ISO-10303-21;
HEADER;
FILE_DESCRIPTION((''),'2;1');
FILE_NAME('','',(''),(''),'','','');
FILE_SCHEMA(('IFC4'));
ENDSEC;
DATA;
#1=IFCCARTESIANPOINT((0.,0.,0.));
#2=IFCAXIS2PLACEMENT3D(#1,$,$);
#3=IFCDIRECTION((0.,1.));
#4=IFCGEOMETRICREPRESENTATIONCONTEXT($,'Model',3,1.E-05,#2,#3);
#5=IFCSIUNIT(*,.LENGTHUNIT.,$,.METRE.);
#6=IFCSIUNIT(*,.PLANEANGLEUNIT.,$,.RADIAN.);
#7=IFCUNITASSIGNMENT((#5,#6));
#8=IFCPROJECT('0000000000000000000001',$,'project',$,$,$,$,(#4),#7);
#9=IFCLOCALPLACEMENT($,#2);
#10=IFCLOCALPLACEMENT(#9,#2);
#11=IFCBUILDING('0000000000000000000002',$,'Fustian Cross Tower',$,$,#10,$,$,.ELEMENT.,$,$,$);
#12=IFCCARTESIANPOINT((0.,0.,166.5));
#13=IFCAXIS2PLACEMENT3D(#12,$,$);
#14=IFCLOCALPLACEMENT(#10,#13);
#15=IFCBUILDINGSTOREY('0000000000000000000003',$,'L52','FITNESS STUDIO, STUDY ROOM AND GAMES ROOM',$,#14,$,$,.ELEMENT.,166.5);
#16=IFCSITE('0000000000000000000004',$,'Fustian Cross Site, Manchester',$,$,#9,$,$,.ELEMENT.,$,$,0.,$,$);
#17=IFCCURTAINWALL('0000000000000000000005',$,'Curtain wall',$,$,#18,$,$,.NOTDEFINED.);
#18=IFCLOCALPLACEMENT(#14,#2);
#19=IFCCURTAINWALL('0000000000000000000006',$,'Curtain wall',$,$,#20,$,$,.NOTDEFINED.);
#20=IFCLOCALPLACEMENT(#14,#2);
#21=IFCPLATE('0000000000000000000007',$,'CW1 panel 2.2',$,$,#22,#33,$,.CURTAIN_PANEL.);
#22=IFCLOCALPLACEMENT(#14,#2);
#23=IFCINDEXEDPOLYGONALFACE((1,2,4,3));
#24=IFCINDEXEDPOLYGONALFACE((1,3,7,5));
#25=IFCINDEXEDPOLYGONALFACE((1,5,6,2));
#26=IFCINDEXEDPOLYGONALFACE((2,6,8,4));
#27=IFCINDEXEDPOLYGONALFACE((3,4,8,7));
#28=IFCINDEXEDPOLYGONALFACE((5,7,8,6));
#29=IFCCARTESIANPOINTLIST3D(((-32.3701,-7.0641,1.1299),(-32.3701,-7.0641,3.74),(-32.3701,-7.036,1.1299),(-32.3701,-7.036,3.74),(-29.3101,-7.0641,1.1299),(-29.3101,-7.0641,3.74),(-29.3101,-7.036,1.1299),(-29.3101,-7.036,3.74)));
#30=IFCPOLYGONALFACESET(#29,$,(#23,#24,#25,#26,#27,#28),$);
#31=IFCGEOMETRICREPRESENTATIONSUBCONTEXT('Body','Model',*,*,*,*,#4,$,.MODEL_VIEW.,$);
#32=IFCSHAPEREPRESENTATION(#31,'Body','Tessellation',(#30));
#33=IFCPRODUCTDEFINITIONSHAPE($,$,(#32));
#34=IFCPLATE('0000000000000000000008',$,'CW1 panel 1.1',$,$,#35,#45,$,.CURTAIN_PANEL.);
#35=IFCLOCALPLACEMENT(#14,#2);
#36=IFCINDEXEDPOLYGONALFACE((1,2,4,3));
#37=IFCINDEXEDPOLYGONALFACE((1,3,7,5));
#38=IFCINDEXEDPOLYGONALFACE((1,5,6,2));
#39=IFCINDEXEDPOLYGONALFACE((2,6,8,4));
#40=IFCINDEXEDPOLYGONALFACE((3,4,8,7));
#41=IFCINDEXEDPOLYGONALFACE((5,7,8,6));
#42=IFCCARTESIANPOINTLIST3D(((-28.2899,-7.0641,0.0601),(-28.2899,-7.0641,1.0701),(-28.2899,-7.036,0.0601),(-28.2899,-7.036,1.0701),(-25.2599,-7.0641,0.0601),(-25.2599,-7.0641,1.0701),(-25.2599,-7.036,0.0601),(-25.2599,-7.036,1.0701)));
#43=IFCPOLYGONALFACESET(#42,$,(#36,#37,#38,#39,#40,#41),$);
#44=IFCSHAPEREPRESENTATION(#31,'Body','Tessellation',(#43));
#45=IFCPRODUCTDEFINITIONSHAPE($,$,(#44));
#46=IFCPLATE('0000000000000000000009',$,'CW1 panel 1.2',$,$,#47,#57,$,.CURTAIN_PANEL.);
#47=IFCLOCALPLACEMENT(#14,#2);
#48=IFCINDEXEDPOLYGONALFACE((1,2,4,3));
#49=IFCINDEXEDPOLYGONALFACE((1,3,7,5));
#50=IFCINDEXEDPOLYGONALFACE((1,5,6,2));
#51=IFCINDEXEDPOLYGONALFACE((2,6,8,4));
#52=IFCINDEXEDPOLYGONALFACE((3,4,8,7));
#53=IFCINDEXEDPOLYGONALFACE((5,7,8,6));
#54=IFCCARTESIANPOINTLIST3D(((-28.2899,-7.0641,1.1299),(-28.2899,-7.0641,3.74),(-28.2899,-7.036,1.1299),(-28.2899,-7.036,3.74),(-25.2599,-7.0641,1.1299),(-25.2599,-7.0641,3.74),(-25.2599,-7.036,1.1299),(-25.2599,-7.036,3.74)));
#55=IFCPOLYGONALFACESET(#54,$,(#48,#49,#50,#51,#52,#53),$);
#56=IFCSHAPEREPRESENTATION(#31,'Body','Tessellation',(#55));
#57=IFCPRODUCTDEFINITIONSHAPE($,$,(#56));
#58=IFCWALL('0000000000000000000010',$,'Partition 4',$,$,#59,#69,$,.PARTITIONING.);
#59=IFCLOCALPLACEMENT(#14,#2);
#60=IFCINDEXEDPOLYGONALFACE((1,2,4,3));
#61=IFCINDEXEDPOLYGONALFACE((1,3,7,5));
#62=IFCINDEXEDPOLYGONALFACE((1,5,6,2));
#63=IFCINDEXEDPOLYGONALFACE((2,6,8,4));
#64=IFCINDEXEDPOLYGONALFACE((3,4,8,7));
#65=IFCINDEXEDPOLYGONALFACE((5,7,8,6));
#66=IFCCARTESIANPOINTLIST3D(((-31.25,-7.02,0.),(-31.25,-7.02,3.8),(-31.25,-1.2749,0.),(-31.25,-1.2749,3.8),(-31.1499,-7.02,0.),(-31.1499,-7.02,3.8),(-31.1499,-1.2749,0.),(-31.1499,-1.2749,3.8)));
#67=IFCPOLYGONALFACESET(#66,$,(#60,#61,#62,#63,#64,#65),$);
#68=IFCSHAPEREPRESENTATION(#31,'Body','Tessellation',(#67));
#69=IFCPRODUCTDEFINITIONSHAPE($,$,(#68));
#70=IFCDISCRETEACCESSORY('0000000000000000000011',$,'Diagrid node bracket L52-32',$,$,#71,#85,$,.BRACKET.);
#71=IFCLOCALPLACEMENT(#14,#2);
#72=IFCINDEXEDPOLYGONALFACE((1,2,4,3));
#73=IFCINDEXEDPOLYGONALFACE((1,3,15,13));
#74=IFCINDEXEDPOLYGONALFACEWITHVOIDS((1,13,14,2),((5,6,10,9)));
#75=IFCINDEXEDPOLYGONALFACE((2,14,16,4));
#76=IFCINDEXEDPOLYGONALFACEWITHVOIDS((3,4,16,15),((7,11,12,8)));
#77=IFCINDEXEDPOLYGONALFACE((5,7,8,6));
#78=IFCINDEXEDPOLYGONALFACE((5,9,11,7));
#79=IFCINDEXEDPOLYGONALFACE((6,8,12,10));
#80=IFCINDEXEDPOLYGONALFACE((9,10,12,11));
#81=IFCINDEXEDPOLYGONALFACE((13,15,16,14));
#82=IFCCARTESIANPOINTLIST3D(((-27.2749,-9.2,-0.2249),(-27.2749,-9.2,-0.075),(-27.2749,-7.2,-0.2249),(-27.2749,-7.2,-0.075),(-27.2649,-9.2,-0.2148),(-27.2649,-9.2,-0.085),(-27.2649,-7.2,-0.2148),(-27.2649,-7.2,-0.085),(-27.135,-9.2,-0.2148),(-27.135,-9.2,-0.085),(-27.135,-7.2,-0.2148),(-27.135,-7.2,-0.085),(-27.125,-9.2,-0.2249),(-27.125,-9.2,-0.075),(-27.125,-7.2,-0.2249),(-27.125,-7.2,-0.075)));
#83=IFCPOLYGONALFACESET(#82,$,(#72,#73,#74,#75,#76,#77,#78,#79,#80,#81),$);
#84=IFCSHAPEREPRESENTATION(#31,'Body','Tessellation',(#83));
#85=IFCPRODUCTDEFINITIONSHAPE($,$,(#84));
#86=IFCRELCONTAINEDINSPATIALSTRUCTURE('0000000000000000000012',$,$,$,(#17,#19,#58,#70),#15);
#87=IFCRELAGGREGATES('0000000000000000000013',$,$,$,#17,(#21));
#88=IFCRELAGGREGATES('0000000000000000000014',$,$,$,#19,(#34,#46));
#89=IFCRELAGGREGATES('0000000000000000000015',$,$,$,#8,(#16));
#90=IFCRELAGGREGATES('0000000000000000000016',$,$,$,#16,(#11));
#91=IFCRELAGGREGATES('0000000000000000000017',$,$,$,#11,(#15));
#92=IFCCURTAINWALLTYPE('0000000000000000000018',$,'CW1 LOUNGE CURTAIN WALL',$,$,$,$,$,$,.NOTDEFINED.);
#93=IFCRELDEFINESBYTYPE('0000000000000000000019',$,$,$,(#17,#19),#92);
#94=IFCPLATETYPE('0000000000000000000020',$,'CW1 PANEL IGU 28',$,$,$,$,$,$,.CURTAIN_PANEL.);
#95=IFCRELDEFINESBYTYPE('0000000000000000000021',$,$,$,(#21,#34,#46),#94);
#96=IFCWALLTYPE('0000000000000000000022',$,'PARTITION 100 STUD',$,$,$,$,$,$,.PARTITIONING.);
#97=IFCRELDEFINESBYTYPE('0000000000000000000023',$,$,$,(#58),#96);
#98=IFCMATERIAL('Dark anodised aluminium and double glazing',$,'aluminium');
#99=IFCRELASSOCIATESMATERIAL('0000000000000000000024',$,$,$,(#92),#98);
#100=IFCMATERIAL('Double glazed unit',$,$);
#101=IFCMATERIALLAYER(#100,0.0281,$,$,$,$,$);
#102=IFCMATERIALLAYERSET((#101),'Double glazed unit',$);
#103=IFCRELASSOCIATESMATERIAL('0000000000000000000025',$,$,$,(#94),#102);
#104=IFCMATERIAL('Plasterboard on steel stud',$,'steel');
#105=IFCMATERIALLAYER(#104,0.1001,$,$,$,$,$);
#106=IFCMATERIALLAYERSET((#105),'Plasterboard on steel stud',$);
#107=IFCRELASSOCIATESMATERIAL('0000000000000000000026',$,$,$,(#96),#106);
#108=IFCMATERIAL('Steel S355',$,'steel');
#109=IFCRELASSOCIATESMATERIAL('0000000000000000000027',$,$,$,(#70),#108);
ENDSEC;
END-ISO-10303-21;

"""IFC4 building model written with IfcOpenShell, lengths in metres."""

from ifc_helpers import new_model, si_unit, direction, frame, frame_2d, origin, origin_2d, place, context, subcontext, project, spatial, rectangle, hollow_rectangle, extrude, material, layer, layer_set, type_object, element, aggregate, save


model = new_model("IFC4")

# Units and contexts
model_context = context("Model", 3, precision=1e-05, world=origin(), true_north=direction((0.0, 1.0)))
body_context = subcontext(model_context, "Body", "Model", "MODEL_VIEW")
ifc_project = project(units=[si_unit("LENGTHUNIT", "METRE"), si_unit("PLANEANGLEUNIT", "RADIAN")], contexts=[model_context])

# Site, building, storey
site_placement = place(None, origin())
site = spatial("IfcSite", under=ifc_project, at=site_placement, Name="Fustian Cross Site, Manchester", CompositionType="ELEMENT", RefElevation=0.0)
building_placement = place(site_placement, origin())
building = spatial("IfcBuilding", under=site, at=building_placement, Name="Fustian Cross Tower", CompositionType="ELEMENT")
storey_placement = place(building_placement, frame((0.0, 0.0, 166.5)))
storey = spatial("IfcBuildingStorey", under=building, at=storey_placement, Name="L52", Description="FITNESS STUDIO, STUDY ROOM AND GAMES ROOM", CompositionType="ELEMENT", Elevation=166.5)

# Curtain wall
ifc_material_1 = material(Name="Dark anodised aluminium and double glazing", Category="aluminium")
curtain_wall_type = type_object("IfcCurtainWallType", Name="CW1 LOUNGE CURTAIN WALL", PredefinedType="NOTDEFINED", material=ifc_material_1)
curtain_wall_1_placement = place(storey_placement, origin())
curtain_wall_1 = element("IfcCurtainWall", 1, at=curtain_wall_1_placement, inside=storey, type_object=curtain_wall_type, Name="Curtain wall", PredefinedType="NOTDEFINED")

# Curtain wall
curtain_wall_2_placement = place(storey_placement, origin())
curtain_wall_2 = element("IfcCurtainWall", 2, at=curtain_wall_2_placement, inside=storey, type_object=curtain_wall_type, Name="Curtain wall", PredefinedType="NOTDEFINED")

# Plates
ifc_material_2 = material(Name="Double glazed unit")
ifc_layer_1 = layer(ifc_material_2, 0.0281)
ifc_layer_set_1 = layer_set([ifc_layer_1], Name="Double glazed unit")
plate_type = type_object("IfcPlateType", Name="CW1 PANEL IGU 28", PredefinedType="CURTAIN_PANEL", material=ifc_layer_set_1)
plate_1_placement = place(storey_placement, frame((-30.8401, -7.05, 1.1299), z_axis=(0.0, 0.0, 1.0), x_axis=(1.0, 0.0, 0.0)))
plate_1 = element("IfcPlate", 3, at=plate_1_placement, type_object=plate_type, Name="CW1 panel 2.2", PredefinedType="CURTAIN_PANEL", context=body_context, shape_type="SweptSolid", body=[
    extrude(rectangle(XDim=3.0601, YDim=0.0281, at=origin_2d()), origin(), (0.0, 0.0, 1.0), 2.6101),
])
aggregate(curtain_wall_1, [plate_1])
plate_2_placement = place(storey_placement, frame((-26.7749, -7.05, 0.0601), z_axis=(0.0, 0.0, 1.0), x_axis=(1.0, 0.0, 0.0)))
plate_2 = element("IfcPlate", 4, at=plate_2_placement, type_object=plate_type, Name="CW1 panel 1.1", PredefinedType="CURTAIN_PANEL", context=body_context, shape_type="SweptSolid", body=[
    extrude(rectangle(XDim=3.03, YDim=0.0281, at=origin_2d()), origin(), (0.0, 0.0, 1.0), 1.01),
])
plate_3_placement = place(storey_placement, frame((-26.7749, -7.05, 1.1299), z_axis=(0.0, 0.0, 1.0), x_axis=(1.0, 0.0, 0.0)))
plate_3 = element("IfcPlate", 5, at=plate_3_placement, type_object=plate_type, Name="CW1 panel 1.2", PredefinedType="CURTAIN_PANEL", context=body_context, shape_type="SweptSolid", body=[
    extrude(rectangle(XDim=3.03, YDim=0.0281, at=origin_2d()), origin(), (0.0, 0.0, 1.0), 2.6101),
])
aggregate(curtain_wall_2, [plate_2, plate_3])

# Wall
ifc_material_3 = material(Name="Plasterboard on steel stud", Category="steel")
ifc_layer_2 = layer(ifc_material_3, 0.1001)
ifc_layer_set_2 = layer_set([ifc_layer_2], Name="Plasterboard on steel stud")
wall_type = type_object("IfcWallType", Name="PARTITION 100 STUD", PredefinedType="PARTITIONING", material=ifc_layer_set_2)
wall_placement = place(storey_placement, frame((-31.2, -7.02, 0.0), z_axis=(0.0, 0.0, 1.0), x_axis=(0.0, 1.0, 0.0)))
element("IfcWall", 6, at=wall_placement, inside=storey, type_object=wall_type, Name="Partition 4", PredefinedType="PARTITIONING", context=body_context, shape_type="SweptSolid", body=[
    extrude(rectangle(XDim=5.7451, YDim=0.1001, at=frame_2d((2.8726, 0.0))), origin(), (0.0, 0.0, 1.0), 3.8),
])

# Discrete accessory
ifc_material_4 = material(Name="Steel S355", Category="steel")
discrete_accessory_placement = place(storey_placement, frame((-27.2, -9.2, -0.1499), z_axis=(0.0, 1.0, 0.0), x_axis=(-1.0, 0.0, 0.0)))
element("IfcDiscreteAccessory", 7, at=discrete_accessory_placement, inside=storey, material=ifc_material_4, Name="Diagrid node bracket L52-32", PredefinedType="BRACKET", context=body_context, shape_type="SweptSolid", body=[
    extrude(hollow_rectangle(XDim=0.1499, YDim=0.1499, WallThickness=0.01, at=origin_2d()), origin(), (0.0, 0.0, 1.0), 2.0),
])

save(model, "model.ifc")
